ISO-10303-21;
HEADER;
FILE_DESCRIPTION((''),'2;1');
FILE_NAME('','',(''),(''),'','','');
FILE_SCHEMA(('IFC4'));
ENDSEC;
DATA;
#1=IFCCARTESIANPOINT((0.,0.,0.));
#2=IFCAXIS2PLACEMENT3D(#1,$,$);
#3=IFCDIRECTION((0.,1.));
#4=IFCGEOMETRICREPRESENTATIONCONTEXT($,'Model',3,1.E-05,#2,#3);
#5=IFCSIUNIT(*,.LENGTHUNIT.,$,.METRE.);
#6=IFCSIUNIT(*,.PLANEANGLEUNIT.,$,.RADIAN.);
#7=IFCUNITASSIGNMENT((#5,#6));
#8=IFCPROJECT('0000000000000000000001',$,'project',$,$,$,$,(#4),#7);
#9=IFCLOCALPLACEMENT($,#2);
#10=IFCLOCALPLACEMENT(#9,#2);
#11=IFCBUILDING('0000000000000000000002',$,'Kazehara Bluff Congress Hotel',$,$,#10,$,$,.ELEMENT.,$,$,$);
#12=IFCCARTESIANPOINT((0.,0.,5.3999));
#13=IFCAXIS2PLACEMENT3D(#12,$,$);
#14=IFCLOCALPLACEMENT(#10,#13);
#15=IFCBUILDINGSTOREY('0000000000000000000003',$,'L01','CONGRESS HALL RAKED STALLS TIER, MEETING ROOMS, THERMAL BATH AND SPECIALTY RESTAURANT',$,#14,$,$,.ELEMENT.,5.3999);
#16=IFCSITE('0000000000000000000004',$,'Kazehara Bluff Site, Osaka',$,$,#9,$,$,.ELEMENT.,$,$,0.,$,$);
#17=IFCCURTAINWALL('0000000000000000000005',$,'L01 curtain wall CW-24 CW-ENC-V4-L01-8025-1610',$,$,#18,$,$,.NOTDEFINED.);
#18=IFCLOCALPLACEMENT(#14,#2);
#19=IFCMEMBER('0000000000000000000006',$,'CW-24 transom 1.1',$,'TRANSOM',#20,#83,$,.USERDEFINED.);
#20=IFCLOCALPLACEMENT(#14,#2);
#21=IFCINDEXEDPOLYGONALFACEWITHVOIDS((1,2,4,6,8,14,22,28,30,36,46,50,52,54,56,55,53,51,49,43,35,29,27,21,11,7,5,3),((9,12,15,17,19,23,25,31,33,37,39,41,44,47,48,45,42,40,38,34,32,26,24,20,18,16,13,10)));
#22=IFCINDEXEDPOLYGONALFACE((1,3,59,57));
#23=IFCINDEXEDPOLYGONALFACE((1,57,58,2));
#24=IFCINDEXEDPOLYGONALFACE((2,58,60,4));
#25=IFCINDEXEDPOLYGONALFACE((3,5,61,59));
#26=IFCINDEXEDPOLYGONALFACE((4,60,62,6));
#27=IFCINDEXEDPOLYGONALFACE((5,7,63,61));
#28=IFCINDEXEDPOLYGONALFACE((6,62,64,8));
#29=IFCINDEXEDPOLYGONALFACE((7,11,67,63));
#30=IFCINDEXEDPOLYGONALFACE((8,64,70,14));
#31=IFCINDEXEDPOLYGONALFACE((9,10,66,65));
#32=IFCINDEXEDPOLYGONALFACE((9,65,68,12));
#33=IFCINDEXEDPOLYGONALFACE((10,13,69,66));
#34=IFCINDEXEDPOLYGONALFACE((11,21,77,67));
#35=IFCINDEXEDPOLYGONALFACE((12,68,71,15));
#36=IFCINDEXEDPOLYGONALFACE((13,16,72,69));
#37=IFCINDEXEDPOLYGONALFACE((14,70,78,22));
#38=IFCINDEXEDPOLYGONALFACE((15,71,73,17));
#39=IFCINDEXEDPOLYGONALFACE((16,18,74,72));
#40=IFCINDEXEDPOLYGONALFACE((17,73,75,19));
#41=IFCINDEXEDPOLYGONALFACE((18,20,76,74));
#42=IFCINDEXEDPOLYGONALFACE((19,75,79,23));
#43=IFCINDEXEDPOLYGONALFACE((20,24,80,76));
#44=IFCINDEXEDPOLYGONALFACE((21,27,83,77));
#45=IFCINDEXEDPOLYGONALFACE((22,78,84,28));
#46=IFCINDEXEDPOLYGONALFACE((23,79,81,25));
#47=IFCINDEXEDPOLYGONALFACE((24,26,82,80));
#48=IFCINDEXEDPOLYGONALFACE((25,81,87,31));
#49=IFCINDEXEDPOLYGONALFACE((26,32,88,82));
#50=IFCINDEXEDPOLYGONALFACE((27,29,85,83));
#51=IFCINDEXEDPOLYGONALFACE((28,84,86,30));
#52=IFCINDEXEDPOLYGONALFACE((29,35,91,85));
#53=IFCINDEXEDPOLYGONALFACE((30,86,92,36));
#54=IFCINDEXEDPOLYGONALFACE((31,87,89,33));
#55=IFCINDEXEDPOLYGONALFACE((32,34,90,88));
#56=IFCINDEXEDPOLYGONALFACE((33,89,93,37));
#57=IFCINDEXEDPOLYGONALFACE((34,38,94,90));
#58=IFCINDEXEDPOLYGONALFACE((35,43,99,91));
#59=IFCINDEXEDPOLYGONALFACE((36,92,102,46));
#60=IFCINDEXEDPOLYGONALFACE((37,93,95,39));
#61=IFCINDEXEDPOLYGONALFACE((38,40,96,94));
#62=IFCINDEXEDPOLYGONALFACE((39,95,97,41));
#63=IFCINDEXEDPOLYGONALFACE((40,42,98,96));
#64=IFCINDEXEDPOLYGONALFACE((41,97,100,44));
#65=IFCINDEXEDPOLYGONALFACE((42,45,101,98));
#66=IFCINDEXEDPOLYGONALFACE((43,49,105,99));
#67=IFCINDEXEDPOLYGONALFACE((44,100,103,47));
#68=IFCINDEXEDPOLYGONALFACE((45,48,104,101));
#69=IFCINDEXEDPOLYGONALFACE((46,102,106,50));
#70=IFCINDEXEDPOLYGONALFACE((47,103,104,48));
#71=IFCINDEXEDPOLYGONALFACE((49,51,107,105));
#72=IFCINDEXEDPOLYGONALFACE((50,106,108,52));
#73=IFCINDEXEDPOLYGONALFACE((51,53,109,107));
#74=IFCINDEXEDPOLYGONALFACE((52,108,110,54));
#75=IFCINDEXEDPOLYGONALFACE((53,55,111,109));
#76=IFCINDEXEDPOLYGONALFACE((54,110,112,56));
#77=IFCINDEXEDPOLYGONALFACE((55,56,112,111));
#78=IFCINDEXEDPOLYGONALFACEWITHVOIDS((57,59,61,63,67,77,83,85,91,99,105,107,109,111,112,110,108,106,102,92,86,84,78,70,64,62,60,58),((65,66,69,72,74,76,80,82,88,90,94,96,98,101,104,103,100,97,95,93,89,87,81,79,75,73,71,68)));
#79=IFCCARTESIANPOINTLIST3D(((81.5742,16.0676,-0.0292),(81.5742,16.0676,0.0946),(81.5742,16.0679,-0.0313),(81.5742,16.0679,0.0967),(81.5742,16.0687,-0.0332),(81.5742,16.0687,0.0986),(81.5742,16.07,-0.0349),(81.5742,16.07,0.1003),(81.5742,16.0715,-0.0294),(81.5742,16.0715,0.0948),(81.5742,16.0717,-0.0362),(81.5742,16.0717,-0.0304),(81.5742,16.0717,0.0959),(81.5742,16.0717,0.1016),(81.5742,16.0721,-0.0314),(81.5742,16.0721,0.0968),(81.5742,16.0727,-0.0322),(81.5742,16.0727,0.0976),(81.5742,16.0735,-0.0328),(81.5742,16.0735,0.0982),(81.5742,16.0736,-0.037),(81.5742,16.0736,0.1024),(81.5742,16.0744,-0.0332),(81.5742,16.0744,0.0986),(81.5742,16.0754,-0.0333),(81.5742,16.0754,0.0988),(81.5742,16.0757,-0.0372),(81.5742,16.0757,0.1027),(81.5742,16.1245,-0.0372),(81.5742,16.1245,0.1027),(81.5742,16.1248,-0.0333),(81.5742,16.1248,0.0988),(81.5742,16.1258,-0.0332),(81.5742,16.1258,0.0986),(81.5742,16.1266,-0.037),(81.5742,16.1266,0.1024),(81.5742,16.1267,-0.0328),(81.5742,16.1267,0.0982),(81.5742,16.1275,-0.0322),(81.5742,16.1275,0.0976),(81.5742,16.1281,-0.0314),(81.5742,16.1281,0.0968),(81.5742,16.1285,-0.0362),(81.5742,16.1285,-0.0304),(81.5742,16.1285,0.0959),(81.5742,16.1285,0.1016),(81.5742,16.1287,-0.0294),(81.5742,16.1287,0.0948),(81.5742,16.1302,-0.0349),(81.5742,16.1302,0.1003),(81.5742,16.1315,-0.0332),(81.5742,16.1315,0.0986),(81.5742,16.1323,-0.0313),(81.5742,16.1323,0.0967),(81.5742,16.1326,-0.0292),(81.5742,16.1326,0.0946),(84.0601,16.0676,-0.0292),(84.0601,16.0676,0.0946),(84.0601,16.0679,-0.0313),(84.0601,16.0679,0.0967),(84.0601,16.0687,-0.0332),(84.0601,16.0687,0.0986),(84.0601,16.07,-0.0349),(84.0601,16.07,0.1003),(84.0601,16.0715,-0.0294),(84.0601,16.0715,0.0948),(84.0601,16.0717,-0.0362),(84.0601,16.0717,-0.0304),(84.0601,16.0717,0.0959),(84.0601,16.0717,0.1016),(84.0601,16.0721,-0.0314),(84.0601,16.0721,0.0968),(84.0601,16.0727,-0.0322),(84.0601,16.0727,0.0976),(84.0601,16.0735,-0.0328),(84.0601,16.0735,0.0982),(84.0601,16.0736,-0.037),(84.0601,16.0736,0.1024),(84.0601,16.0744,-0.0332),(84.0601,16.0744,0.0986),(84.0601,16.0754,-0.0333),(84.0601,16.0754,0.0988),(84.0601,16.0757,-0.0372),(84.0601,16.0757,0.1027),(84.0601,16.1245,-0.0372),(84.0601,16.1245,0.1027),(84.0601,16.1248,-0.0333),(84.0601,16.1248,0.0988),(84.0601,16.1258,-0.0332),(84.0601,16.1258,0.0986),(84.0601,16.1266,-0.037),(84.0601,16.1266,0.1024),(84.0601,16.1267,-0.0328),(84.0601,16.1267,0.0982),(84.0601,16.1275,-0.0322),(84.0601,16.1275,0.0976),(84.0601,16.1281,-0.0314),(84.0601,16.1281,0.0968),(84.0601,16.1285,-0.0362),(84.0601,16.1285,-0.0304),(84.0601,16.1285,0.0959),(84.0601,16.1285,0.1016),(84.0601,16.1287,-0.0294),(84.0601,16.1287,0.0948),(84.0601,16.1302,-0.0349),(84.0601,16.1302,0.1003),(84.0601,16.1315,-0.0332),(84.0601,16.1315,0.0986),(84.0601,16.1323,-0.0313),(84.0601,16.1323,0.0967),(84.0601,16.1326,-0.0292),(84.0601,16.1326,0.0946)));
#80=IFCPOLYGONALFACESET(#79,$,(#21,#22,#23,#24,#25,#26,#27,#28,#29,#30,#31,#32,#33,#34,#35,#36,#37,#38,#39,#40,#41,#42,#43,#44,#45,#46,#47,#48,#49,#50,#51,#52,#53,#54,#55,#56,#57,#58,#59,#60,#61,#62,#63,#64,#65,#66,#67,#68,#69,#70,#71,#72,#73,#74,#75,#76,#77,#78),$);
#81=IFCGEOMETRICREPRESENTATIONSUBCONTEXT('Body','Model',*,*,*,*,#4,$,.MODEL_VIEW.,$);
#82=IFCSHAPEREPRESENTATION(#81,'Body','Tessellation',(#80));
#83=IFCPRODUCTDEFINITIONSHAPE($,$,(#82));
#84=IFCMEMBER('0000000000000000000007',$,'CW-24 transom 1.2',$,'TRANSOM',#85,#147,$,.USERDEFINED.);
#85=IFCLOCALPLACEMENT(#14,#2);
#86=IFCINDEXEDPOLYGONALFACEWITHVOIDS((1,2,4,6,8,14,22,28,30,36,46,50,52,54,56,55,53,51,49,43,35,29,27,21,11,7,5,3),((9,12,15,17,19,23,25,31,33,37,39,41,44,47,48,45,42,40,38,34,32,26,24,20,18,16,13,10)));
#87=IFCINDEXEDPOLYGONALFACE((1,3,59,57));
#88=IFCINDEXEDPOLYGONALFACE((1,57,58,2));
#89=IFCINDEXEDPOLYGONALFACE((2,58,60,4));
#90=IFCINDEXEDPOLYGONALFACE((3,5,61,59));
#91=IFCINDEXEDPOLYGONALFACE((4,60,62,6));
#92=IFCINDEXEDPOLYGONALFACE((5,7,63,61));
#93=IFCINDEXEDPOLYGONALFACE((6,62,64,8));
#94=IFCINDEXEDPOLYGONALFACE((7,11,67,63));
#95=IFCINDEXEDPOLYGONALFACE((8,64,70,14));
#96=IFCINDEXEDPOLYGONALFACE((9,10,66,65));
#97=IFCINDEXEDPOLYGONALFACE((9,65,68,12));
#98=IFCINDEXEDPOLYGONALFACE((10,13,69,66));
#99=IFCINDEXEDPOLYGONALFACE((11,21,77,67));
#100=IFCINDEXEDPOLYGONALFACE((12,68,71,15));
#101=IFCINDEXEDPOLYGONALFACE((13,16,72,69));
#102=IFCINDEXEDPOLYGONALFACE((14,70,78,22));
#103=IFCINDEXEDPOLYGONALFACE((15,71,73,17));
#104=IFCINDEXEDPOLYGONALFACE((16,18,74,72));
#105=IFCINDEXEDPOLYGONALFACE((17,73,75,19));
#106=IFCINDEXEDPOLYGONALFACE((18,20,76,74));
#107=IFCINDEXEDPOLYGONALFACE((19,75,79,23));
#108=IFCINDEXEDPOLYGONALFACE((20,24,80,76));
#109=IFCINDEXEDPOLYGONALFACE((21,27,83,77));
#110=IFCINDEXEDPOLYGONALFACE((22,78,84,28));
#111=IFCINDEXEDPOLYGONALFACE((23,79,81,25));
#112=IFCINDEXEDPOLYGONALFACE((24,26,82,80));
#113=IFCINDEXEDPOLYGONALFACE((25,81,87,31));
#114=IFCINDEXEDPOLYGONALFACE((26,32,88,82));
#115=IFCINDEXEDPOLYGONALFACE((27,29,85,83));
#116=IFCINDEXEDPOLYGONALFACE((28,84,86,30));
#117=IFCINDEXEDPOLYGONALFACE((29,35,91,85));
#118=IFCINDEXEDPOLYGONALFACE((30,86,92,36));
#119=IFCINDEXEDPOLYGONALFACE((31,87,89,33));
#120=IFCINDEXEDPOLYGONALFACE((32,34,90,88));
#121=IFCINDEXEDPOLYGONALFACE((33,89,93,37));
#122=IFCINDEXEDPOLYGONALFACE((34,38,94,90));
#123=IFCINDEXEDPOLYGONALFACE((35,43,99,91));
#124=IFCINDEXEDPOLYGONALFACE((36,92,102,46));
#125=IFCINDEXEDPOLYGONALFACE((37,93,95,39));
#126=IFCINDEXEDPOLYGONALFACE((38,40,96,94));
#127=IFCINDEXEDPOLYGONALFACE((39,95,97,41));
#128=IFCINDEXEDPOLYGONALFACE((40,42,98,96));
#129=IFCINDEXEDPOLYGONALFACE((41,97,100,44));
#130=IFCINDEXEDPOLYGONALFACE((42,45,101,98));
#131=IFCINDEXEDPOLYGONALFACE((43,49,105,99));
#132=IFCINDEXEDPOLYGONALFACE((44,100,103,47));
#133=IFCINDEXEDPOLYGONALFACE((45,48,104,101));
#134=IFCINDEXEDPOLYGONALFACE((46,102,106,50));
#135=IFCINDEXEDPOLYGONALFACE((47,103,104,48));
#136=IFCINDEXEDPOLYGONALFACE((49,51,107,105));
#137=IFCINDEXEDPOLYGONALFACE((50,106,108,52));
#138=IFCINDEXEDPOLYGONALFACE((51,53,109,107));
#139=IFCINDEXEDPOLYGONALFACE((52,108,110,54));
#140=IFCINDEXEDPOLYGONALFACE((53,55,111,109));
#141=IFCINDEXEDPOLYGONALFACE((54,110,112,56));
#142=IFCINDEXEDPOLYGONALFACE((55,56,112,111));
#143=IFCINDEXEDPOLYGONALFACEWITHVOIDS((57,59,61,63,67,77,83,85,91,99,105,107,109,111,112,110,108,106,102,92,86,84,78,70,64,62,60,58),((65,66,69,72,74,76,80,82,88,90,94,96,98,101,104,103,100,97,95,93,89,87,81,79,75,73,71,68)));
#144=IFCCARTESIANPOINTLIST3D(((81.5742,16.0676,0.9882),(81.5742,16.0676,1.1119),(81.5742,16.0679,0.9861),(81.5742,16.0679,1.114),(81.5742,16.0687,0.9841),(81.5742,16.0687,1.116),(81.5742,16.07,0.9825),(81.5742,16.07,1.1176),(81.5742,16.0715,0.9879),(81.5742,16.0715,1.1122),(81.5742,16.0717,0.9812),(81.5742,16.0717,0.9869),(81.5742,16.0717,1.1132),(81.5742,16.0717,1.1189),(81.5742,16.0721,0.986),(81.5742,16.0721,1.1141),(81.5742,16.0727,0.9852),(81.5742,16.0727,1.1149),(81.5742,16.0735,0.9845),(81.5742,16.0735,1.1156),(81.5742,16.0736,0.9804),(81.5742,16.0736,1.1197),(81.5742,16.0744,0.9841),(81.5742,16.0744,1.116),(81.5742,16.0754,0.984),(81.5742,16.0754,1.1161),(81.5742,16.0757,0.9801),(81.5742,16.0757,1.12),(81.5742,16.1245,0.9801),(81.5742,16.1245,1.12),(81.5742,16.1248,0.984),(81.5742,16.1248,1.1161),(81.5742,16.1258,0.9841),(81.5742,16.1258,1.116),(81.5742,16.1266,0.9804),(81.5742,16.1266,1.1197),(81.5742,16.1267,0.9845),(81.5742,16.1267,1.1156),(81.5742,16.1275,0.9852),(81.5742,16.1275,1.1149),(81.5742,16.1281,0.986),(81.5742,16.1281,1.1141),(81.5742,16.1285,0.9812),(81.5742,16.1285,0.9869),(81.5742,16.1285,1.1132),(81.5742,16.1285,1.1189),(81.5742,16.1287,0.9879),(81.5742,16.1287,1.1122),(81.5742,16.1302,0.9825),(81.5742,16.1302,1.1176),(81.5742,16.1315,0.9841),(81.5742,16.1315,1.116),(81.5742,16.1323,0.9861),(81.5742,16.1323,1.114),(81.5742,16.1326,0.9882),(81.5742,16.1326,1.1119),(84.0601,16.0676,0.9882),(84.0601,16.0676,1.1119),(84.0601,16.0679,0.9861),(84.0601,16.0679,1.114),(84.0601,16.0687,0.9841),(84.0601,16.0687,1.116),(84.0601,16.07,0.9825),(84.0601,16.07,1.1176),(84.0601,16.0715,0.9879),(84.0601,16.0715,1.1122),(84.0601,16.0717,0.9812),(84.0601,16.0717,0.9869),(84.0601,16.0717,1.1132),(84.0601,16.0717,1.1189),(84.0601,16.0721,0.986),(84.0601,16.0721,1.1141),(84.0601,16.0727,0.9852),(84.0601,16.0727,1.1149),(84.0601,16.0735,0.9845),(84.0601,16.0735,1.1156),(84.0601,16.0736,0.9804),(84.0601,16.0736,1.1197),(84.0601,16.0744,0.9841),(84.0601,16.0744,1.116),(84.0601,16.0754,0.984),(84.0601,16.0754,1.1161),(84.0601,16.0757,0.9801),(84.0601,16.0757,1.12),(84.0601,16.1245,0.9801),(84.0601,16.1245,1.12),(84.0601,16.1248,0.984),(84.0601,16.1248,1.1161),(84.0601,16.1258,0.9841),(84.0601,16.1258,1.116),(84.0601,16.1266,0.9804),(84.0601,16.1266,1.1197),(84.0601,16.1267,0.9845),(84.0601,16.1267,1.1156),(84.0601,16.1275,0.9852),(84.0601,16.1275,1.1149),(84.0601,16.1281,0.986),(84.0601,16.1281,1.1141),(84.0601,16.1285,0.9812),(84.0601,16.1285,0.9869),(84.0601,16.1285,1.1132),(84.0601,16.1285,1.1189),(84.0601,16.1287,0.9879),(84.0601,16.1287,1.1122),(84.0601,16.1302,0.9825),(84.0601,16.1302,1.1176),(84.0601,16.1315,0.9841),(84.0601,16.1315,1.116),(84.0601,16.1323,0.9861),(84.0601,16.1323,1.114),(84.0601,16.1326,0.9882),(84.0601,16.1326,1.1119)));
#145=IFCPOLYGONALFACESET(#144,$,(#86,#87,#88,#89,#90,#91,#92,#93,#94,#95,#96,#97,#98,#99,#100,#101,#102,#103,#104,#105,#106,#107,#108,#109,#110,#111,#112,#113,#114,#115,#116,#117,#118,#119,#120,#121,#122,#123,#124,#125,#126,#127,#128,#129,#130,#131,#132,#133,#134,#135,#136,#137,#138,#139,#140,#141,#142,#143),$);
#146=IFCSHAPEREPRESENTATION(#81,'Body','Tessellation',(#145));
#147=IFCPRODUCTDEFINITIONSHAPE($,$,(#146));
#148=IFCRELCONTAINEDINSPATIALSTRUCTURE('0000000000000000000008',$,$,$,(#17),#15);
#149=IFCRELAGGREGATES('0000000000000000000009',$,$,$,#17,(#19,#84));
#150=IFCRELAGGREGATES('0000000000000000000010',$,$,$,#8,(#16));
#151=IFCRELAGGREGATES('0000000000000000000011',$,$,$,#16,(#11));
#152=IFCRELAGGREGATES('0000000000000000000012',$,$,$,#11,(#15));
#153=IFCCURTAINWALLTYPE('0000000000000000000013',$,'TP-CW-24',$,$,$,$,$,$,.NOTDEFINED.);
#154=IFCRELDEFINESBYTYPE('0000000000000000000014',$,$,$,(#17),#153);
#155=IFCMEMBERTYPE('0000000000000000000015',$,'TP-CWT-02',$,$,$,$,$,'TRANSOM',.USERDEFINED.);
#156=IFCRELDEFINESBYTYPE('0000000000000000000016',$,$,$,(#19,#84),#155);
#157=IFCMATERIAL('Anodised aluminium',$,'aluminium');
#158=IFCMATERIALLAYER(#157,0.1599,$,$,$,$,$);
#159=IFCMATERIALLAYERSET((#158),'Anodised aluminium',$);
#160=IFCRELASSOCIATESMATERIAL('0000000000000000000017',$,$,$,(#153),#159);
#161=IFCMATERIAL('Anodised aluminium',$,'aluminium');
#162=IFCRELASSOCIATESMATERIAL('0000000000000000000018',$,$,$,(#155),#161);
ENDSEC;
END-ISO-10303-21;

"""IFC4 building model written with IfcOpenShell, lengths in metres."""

from ifc_helpers import new_model, si_unit, direction, frame, origin, origin_2d, place, context, subcontext, project, spatial, hollow_rectangle, extrude, material, layer, layer_set, material_profile, profile_set, type_object, element, aggregate, save


model = new_model("IFC4")

# Units and contexts
model_context = context("Model", 3, precision=1e-05, world=origin(), true_north=direction((0.0, 1.0)))
body_context = subcontext(model_context, "Body", "Model", "MODEL_VIEW")
ifc_project = project(units=[si_unit("LENGTHUNIT", "METRE"), si_unit("PLANEANGLEUNIT", "RADIAN")], contexts=[model_context])

# Site, building, storey
site_placement = place(None, origin())
site = spatial("IfcSite", under=ifc_project, at=site_placement, Name="Kazehara Bluff Site, Osaka", CompositionType="ELEMENT", RefElevation=0.0)
building_placement = place(site_placement, origin())
building = spatial("IfcBuilding", under=site, at=building_placement, Name="Kazehara Bluff Congress Hotel", CompositionType="ELEMENT")
storey_placement = place(building_placement, frame((0.0, 0.0, 5.3999)))
storey = spatial("IfcBuildingStorey", under=building, at=storey_placement, Name="L01", Description="CONGRESS HALL RAKED STALLS TIER, MEETING ROOMS, THERMAL BATH AND SPECIALTY RESTAURANT", CompositionType="ELEMENT", Elevation=5.3999)

# Curtain wall
ifc_material_1 = material(Name="Anodised aluminium", Category="aluminium")
ifc_layer_1 = layer(ifc_material_1, 0.1599)
ifc_layer_set_1 = layer_set([ifc_layer_1], Name="Anodised aluminium")
curtain_wall_type = type_object("IfcCurtainWallType", Name="TP-CW-24", PredefinedType="NOTDEFINED", material=ifc_layer_set_1)
curtain_wall_1_placement = place(storey_placement, origin())
curtain_wall_1 = element("IfcCurtainWall", 1, at=curtain_wall_1_placement, inside=storey, type_object=curtain_wall_type, Name="L01 curtain wall CW-24 CW-ENC-V4-L01-8025-1610", PredefinedType="NOTDEFINED")

# Members
ifc_material_2 = material(Name="Anodised aluminium", Category="aluminium")
ifc_material_profile_1 = material_profile(ifc_material_2, hollow_rectangle(XDim=0.0649, YDim=0.1399, WallThickness=0.0039, InnerFilletRadius=0.0039, OuterFilletRadius=0.0081, at=origin_2d()))
ifc_profile_set_1 = profile_set([ifc_material_profile_1], Name="Anodised aluminium")
member_type_1 = type_object("IfcMemberType", Name="TP-CWT-02", ElementType="TRANSOM", PredefinedType="USERDEFINED", material=ifc_profile_set_1)
member_1_placement = place(storey_placement, frame((84.0601, 16.1001, 0.0327), z_axis=(-1.0, 0.0, 0.0), x_axis=(0.0, -1.0, 0.0)))
member_1 = element("IfcMember", 2, at=member_1_placement, type_object=member_type_1, Name="CW-24 transom 1.1", ObjectType="TRANSOM", PredefinedType="USERDEFINED", context=body_context, shape_type="SweptSolid", body=[
    extrude(hollow_rectangle(XDim=0.0649, YDim=0.1399, WallThickness=0.0039, InnerFilletRadius=0.0039, OuterFilletRadius=0.0081, at=origin_2d()), origin(), (0.0, 0.0, 1.0), 2.4858),
])
member_2_placement = place(storey_placement, frame((84.0601, 16.1001, 1.05), z_axis=(-1.0, 0.0, 0.0), x_axis=(0.0, -1.0, 0.0)))
member_2 = element("IfcMember", 3, at=member_2_placement, type_object=member_type_1, Name="CW-24 transom 1.2", ObjectType="TRANSOM", PredefinedType="USERDEFINED", context=body_context, shape_type="SweptSolid", body=[
    extrude(hollow_rectangle(XDim=0.0649, YDim=0.1399, WallThickness=0.0039, InnerFilletRadius=0.0039, OuterFilletRadius=0.0081, at=origin_2d()), origin(), (0.0, 0.0, 1.0), 2.4858),
])

aggregate(curtain_wall_1, [member_1, member_2])

save(model, "model.ifc")
